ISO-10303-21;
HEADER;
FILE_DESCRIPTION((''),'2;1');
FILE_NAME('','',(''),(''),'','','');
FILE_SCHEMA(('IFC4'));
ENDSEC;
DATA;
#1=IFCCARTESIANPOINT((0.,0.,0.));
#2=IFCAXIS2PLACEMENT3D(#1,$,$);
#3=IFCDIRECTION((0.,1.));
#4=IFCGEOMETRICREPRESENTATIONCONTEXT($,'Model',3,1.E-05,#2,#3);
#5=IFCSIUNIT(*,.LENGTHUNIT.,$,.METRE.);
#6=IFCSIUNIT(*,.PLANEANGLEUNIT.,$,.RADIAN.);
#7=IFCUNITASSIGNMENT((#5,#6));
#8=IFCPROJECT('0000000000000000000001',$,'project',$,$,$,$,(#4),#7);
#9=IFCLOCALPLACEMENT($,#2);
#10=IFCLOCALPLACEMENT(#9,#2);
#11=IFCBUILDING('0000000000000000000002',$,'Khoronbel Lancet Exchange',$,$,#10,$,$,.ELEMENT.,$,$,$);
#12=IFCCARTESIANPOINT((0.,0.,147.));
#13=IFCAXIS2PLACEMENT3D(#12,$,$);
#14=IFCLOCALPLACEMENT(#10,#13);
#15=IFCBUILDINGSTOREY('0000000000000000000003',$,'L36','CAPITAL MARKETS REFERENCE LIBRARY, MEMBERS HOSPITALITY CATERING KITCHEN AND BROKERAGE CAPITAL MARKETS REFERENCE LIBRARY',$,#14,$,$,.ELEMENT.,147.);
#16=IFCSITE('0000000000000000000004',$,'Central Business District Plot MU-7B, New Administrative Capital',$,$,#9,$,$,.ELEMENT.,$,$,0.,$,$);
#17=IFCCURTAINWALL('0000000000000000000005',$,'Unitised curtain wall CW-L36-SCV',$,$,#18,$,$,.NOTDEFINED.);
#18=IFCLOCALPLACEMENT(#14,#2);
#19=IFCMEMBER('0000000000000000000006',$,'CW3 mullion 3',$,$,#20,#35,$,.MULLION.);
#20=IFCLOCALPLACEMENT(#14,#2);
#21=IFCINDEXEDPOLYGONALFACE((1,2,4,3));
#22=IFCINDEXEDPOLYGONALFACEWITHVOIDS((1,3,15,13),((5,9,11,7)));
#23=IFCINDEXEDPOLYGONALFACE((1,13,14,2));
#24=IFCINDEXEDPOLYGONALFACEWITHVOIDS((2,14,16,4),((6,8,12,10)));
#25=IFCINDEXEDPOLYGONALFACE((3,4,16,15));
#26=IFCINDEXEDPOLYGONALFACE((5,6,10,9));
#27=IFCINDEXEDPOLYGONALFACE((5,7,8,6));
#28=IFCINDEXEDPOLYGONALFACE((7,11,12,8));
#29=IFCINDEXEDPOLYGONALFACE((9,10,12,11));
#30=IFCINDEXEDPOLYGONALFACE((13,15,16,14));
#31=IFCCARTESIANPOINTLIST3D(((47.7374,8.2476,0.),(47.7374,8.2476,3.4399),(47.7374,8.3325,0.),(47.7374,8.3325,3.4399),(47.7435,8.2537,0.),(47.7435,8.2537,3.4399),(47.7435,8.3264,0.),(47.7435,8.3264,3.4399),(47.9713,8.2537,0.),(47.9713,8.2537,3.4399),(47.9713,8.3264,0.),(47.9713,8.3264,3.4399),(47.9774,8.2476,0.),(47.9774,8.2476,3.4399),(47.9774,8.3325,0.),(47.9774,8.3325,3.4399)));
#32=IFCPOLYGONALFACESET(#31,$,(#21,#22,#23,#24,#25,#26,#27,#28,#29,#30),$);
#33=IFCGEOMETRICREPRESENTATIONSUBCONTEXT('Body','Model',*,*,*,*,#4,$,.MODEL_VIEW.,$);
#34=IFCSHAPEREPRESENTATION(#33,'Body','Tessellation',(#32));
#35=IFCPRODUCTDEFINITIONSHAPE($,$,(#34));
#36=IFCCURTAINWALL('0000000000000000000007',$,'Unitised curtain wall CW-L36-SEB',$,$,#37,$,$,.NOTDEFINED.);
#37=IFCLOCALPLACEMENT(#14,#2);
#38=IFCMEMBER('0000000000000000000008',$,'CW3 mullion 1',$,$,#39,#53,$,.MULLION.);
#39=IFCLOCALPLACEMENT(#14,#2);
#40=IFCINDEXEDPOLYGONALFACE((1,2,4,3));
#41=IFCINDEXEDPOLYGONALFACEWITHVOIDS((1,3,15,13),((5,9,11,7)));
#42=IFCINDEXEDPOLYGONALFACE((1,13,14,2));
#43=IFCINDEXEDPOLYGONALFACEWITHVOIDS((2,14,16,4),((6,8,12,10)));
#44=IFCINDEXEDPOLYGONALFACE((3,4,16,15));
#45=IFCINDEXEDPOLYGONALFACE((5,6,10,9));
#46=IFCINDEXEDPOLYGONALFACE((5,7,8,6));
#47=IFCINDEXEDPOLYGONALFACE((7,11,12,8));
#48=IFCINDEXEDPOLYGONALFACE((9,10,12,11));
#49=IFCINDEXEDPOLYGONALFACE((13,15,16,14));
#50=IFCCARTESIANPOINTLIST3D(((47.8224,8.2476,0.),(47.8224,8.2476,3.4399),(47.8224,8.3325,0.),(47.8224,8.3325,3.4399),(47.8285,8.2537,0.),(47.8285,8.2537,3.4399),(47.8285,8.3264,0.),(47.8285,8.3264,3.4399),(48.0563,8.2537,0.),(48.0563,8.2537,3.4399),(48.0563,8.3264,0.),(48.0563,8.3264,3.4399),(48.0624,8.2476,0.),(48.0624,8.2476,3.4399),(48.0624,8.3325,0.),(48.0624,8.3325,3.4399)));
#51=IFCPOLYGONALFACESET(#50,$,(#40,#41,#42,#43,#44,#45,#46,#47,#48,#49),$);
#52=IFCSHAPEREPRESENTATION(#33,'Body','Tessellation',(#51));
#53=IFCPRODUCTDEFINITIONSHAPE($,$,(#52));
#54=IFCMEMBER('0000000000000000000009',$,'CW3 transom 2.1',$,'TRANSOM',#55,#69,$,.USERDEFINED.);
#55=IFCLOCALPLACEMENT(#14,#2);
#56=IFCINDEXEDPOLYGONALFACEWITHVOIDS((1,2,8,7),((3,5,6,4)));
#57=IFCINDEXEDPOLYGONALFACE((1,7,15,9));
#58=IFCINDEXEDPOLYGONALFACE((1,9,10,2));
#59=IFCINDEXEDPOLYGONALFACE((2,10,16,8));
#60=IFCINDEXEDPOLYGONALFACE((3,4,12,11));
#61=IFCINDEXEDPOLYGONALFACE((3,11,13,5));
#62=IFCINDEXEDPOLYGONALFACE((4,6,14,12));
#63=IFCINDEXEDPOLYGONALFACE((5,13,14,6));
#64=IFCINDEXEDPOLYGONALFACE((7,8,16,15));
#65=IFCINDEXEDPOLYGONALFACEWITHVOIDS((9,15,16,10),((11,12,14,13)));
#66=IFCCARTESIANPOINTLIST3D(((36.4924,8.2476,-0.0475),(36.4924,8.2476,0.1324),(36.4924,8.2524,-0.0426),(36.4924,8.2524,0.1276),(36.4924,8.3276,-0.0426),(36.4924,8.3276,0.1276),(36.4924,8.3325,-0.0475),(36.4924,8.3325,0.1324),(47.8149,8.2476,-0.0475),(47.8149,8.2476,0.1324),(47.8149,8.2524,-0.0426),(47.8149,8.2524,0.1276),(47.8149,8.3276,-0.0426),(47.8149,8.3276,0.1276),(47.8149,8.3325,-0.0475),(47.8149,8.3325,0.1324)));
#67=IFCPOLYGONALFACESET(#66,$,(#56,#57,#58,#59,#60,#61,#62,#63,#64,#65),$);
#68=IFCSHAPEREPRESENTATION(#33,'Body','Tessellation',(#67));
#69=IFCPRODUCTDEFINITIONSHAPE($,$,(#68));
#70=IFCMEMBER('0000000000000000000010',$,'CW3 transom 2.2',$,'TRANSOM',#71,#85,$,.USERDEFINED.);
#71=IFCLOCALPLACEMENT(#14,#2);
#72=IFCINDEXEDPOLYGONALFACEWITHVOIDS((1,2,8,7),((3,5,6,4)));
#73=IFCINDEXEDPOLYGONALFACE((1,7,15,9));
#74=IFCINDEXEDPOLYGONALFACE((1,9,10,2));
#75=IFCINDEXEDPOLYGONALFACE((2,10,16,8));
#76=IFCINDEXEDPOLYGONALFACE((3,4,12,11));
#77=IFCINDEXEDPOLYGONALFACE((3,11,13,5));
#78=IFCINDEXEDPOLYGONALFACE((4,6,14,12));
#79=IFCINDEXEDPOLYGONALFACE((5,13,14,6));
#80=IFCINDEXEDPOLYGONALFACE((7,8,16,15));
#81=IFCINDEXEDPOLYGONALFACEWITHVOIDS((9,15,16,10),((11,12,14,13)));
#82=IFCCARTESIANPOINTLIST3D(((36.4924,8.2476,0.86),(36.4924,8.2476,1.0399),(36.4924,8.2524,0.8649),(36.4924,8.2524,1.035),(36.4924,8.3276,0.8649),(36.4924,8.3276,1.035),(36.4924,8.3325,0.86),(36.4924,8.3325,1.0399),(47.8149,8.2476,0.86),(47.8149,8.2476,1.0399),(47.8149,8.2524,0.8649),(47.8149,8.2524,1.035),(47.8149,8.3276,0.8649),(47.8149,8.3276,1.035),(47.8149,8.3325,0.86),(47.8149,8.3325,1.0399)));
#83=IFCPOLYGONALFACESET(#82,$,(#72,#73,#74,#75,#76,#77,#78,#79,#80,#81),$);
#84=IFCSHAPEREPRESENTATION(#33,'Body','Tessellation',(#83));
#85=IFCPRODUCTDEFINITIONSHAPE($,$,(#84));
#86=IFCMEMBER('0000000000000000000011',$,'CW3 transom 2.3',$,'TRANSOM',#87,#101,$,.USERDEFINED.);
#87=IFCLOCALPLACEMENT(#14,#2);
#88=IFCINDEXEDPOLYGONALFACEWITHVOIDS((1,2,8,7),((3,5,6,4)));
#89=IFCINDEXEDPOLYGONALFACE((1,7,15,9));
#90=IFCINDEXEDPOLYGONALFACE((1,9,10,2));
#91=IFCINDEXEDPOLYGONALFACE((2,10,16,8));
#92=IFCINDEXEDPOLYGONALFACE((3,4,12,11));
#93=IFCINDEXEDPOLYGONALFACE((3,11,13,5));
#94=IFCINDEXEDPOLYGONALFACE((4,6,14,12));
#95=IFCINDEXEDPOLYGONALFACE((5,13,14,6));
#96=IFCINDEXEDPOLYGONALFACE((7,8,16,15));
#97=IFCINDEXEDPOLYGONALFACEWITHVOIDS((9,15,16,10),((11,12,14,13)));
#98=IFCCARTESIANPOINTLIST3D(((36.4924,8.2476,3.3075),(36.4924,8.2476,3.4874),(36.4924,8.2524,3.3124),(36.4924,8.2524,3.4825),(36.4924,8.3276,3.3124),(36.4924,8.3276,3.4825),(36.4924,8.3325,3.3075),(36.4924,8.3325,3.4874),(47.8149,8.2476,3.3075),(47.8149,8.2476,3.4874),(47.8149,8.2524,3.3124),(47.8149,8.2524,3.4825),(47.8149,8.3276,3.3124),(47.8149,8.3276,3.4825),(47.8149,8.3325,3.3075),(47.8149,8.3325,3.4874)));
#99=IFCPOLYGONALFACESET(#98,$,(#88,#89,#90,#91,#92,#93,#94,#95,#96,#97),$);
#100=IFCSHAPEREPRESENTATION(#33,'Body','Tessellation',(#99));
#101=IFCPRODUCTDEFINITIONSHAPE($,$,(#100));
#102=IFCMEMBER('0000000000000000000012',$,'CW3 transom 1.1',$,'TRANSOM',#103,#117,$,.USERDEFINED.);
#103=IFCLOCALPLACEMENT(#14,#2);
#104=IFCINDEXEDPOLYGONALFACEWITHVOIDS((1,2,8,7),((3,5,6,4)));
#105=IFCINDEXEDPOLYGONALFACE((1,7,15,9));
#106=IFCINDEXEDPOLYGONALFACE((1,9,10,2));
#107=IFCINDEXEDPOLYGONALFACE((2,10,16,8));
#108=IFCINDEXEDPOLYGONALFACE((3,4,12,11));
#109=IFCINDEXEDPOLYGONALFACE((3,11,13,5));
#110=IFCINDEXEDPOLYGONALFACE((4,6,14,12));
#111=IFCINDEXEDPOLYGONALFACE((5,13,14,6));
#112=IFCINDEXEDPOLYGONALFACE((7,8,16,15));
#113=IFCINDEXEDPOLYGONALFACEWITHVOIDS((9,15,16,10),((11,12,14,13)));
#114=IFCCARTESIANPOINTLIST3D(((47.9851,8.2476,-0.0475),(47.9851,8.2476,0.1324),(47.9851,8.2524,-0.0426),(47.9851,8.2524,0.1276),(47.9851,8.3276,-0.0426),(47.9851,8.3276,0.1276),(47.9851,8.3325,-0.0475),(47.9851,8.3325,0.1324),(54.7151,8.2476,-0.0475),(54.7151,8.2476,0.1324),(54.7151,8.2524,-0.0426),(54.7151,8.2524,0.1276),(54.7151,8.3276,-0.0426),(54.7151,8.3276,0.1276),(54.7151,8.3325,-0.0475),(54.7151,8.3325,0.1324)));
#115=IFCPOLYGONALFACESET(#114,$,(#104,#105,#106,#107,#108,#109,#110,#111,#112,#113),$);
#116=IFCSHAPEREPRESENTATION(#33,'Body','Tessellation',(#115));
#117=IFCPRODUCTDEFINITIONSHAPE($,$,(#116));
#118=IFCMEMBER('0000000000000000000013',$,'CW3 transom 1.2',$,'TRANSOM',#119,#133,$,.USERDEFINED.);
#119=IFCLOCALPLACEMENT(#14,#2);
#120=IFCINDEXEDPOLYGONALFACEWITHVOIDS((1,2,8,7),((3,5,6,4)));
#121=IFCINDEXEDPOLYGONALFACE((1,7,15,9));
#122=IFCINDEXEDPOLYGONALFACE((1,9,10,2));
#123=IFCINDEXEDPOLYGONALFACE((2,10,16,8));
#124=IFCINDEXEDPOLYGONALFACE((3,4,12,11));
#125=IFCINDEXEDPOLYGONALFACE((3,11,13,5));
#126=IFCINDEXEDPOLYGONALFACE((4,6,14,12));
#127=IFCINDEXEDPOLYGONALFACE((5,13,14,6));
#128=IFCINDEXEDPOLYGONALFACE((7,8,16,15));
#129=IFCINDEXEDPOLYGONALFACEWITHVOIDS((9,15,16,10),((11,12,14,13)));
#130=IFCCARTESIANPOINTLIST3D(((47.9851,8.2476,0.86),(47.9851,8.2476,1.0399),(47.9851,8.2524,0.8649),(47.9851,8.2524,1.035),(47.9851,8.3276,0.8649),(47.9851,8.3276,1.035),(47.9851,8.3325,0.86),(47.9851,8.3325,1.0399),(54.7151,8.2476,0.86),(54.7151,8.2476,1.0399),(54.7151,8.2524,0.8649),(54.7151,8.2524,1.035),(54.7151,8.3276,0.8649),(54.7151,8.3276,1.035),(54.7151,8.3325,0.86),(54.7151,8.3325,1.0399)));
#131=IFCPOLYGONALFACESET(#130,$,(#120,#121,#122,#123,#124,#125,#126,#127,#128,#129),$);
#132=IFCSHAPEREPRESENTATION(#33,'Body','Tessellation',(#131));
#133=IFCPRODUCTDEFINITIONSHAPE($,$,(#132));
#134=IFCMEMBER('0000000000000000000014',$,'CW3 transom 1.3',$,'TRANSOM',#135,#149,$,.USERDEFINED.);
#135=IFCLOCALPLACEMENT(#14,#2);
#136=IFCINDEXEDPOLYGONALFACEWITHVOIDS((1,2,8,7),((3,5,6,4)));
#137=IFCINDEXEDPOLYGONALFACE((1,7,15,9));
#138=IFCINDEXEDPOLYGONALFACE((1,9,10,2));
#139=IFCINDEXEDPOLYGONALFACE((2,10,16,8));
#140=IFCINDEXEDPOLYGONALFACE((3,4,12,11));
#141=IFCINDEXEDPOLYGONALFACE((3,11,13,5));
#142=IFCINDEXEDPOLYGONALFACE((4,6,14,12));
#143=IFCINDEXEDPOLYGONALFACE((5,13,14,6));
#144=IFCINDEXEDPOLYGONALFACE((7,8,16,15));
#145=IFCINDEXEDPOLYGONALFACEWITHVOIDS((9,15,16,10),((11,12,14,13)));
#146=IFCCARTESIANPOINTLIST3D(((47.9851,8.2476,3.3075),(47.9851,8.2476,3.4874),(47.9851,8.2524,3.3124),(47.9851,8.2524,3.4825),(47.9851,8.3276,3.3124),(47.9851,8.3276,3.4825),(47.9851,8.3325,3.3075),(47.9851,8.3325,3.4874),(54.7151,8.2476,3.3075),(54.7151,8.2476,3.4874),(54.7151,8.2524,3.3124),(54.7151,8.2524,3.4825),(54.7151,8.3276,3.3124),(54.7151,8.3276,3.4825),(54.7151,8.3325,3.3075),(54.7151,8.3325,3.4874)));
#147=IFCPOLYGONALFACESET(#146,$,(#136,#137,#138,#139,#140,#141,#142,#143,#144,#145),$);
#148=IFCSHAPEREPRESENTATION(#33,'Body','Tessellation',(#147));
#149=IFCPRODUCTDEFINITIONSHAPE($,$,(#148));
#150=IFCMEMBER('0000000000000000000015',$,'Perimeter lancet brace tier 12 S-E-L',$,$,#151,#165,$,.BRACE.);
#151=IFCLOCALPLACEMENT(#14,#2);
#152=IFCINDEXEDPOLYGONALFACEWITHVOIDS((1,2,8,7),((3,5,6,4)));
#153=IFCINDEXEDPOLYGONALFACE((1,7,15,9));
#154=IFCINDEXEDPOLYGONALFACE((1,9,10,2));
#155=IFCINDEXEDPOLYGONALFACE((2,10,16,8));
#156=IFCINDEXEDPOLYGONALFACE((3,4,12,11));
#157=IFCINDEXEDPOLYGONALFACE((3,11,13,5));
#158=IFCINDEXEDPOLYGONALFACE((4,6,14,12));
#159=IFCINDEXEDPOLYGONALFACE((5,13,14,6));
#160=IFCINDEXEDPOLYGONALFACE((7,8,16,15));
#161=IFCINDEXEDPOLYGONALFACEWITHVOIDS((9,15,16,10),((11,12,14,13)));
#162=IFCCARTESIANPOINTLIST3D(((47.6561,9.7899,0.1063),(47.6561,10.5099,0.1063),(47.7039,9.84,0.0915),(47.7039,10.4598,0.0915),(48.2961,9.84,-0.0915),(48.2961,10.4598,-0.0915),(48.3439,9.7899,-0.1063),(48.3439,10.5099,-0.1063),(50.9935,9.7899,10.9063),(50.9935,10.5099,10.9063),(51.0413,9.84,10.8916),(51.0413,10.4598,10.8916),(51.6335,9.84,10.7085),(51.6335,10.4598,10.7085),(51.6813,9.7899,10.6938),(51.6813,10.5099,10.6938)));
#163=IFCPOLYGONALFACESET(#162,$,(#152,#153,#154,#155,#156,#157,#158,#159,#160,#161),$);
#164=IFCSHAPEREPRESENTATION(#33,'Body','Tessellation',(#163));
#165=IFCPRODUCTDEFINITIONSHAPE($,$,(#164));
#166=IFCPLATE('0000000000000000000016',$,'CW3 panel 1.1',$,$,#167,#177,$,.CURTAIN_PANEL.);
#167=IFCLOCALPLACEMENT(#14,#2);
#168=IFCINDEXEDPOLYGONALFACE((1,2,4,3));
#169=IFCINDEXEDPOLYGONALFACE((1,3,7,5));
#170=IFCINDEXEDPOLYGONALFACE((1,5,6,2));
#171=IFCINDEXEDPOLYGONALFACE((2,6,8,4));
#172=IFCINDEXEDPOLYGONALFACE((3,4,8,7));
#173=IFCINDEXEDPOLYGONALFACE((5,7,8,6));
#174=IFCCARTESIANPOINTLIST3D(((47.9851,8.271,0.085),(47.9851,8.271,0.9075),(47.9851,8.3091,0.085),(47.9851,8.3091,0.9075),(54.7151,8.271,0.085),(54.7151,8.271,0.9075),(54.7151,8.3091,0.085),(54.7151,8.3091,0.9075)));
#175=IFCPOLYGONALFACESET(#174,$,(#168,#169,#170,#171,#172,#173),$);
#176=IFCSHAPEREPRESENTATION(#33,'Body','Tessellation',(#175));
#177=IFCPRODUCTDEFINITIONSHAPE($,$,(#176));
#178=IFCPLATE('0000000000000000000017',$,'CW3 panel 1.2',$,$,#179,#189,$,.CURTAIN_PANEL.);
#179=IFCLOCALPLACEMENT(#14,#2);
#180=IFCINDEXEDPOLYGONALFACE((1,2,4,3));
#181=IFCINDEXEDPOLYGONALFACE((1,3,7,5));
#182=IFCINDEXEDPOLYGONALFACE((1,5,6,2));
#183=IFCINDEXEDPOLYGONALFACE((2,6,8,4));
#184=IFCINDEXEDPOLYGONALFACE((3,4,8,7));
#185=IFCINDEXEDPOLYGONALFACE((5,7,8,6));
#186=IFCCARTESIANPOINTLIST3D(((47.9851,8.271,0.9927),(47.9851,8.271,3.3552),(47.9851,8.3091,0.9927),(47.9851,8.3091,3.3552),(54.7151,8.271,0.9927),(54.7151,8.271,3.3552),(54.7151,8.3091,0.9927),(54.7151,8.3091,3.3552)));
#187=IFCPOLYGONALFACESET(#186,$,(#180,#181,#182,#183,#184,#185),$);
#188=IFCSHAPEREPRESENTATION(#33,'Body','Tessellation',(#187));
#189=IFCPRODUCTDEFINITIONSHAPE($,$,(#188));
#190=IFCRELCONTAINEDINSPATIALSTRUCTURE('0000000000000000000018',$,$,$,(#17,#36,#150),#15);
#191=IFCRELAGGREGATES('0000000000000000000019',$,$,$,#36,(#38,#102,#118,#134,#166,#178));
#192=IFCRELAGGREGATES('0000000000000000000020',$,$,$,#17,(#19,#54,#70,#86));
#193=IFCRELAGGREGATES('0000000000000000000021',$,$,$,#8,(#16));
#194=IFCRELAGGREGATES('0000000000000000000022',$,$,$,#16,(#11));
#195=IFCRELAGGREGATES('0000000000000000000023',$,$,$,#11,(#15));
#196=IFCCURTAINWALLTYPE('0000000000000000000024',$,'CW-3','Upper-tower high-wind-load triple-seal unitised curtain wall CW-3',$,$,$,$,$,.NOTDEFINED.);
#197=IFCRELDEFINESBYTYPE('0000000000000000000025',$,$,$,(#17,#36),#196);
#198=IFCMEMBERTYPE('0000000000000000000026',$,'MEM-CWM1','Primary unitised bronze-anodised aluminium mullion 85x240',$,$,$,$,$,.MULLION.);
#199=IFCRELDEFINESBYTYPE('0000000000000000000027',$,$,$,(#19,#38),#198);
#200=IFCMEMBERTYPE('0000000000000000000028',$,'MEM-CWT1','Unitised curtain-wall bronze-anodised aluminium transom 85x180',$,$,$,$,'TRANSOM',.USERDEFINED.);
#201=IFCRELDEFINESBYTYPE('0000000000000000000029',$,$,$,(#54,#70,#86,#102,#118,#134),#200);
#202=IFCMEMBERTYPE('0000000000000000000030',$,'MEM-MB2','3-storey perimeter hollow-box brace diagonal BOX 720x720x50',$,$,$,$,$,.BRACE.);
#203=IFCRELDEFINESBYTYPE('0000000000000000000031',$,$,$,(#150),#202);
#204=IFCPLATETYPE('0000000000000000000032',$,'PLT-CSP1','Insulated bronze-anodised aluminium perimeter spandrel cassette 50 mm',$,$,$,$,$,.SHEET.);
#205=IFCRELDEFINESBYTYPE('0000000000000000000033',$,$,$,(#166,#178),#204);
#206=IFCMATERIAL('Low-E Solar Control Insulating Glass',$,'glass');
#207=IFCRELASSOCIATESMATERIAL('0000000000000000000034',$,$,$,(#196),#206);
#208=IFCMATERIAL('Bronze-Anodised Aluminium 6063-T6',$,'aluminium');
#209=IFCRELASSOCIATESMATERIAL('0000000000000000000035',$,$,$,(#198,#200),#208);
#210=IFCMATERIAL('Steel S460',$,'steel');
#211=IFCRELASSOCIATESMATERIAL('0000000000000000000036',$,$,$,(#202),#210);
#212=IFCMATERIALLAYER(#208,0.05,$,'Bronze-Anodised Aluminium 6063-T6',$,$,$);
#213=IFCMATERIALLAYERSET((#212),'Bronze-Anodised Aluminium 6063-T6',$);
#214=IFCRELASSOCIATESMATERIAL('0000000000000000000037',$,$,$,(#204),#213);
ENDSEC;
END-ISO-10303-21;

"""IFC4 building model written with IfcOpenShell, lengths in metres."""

from ifc_helpers import new_model, si_unit, direction, frame, origin, origin_2d, place, context, subcontext, project, spatial, rectangle, hollow_rectangle, extrude, material, layer, layer_set, material_profile, profile_set, type_object, element, aggregate, save


model = new_model("IFC4")

# Units and contexts
model_context = context("Model", 3, precision=1e-05, world=origin(), true_north=direction((0.0, 1.0)))
body_context = subcontext(model_context, "Body", "Model", "MODEL_VIEW")
ifc_project = project(units=[si_unit("LENGTHUNIT", "METRE"), si_unit("PLANEANGLEUNIT", "RADIAN")], contexts=[model_context])

# Site, building, storey
site_placement = place(None, origin())
site = spatial("IfcSite", under=ifc_project, at=site_placement, Name="Central Business District Plot MU-7B, New Administrative Capital", CompositionType="ELEMENT", RefElevation=0.0)
building_placement = place(site_placement, origin())
building = spatial("IfcBuilding", under=site, at=building_placement, Name="Khoronbel Lancet Exchange", CompositionType="ELEMENT")
storey_placement = place(building_placement, frame((0.0, 0.0, 147.0)))
storey = spatial("IfcBuildingStorey", under=building, at=storey_placement, Name="L36", Description="CAPITAL MARKETS REFERENCE LIBRARY, MEMBERS HOSPITALITY CATERING KITCHEN AND BROKERAGE CAPITAL MARKETS REFERENCE LIBRARY", CompositionType="ELEMENT", Elevation=147.0)

# Shared definitions
ifc_material_1 = material(Name="Steel S460", Category="steel")

# Curtain wall, member
ifc_material_2 = material(Name="Low-E Solar Control Insulating Glass", Category="glass")
curtain_wall_type = type_object("IfcCurtainWallType", Name="CW-3", Description="Upper-tower high-wind-load triple-seal unitised curtain wall CW-3", PredefinedType="NOTDEFINED", material=ifc_material_2)
curtain_wall_1_placement = place(storey_placement, origin())
curtain_wall_1 = element("IfcCurtainWall", 1, at=curtain_wall_1_placement, inside=storey, type_object=curtain_wall_type, Name="Unitised curtain wall CW-L36-SCV", PredefinedType="NOTDEFINED")
ifc_material_3 = material(Name="Bronze-Anodised Aluminium 6063-T6", Category="aluminium")
ifc_material_profile_1 = material_profile(ifc_material_3, hollow_rectangle(XDim=0.085, YDim=0.24, WallThickness=0.0061, at=origin_2d()), Name="ALU MULLION 85x240")
ifc_profile_set_1 = profile_set([ifc_material_profile_1], Name="Bronze-Anodised Aluminium 6063-T6")
member_type_1 = type_object("IfcMemberType", Name="MEM-CWM1", Description="Primary unitised bronze-anodised aluminium mullion 85x240", PredefinedType="MULLION", material=ifc_profile_set_1)
member_1_placement = place(storey_placement, frame((47.8574, 8.29, 0.0), z_axis=(0.0, 0.0, 1.0), x_axis=(0.0, 1.0, 0.0)))
member_1 = element("IfcMember", 2, at=member_1_placement, type_object=member_type_1, Name="CW3 mullion 3", PredefinedType="MULLION", context=body_context, shape_type="SweptSolid", body=[
    extrude(hollow_rectangle(XDim=0.085, YDim=0.24, WallThickness=0.0061, at=origin_2d()), origin(), (0.0, 0.0, 1.0), 3.4399),
])

# Curtain wall, member
curtain_wall_2_placement = place(storey_placement, origin())
curtain_wall_2 = element("IfcCurtainWall", 3, at=curtain_wall_2_placement, inside=storey, type_object=curtain_wall_type, Name="Unitised curtain wall CW-L36-SEB", PredefinedType="NOTDEFINED")
member_2_placement = place(storey_placement, frame((47.9424, 8.29, 0.0), z_axis=(0.0, 0.0, 1.0), x_axis=(0.0, 1.0, 0.0)))
member_2 = element("IfcMember", 4, at=member_2_placement, type_object=member_type_1, Name="CW3 mullion 1", PredefinedType="MULLION", context=body_context, shape_type="SweptSolid", body=[
    extrude(hollow_rectangle(XDim=0.085, YDim=0.24, WallThickness=0.0061, at=origin_2d()), origin(), (0.0, 0.0, 1.0), 3.4399),
])

# Members
ifc_material_profile_2 = material_profile(ifc_material_3, hollow_rectangle(XDim=0.085, YDim=0.1799, WallThickness=0.0049, at=origin_2d()), Name="ALU TRANSOM 85x180")
ifc_profile_set_2 = profile_set([ifc_material_profile_2], Name="Bronze-Anodised Aluminium 6063-T6")
member_type_2 = type_object("IfcMemberType", Name="MEM-CWT1", Description="Unitised curtain-wall bronze-anodised aluminium transom 85x180", ElementType="TRANSOM", PredefinedType="USERDEFINED", material=ifc_profile_set_2)
member_3_placement = place(storey_placement, frame((36.4924, 8.29, 0.0425), z_axis=(1.0, 0.0, 0.0), x_axis=(0.0, 1.0, 0.0)))
member_3 = element("IfcMember", 5, at=member_3_placement, type_object=member_type_2, Name="CW3 transom 2.1", ObjectType="TRANSOM", PredefinedType="USERDEFINED", context=body_context, shape_type="SweptSolid", body=[
    extrude(hollow_rectangle(XDim=0.085, YDim=0.1799, WallThickness=0.0049, at=origin_2d()), origin(), (0.0, 0.0, 1.0), 11.3225),
])
member_4_placement = place(storey_placement, frame((36.4924, 8.29, 0.95), z_axis=(1.0, 0.0, 0.0), x_axis=(0.0, 1.0, 0.0)))
member_4 = element("IfcMember", 6, at=member_4_placement, type_object=member_type_2, Name="CW3 transom 2.2", ObjectType="TRANSOM", PredefinedType="USERDEFINED", context=body_context, shape_type="SweptSolid", body=[
    extrude(hollow_rectangle(XDim=0.085, YDim=0.1799, WallThickness=0.0049, at=origin_2d()), origin(), (0.0, 0.0, 1.0), 11.3225),
])
member_5_placement = place(storey_placement, frame((36.4924, 8.29, 3.3975), z_axis=(1.0, 0.0, 0.0), x_axis=(0.0, 1.0, 0.0)))
member_5 = element("IfcMember", 7, at=member_5_placement, type_object=member_type_2, Name="CW3 transom 2.3", ObjectType="TRANSOM", PredefinedType="USERDEFINED", context=body_context, shape_type="SweptSolid", body=[
    extrude(hollow_rectangle(XDim=0.085, YDim=0.1799, WallThickness=0.0049, at=origin_2d()), origin(), (0.0, 0.0, 1.0), 11.3225),
])
member_6_placement = place(storey_placement, frame((47.9851, 8.29, 0.0425), z_axis=(1.0, 0.0, 0.0), x_axis=(0.0, 1.0, 0.0)))
member_6 = element("IfcMember", 8, at=member_6_placement, type_object=member_type_2, Name="CW3 transom 1.1", ObjectType="TRANSOM", PredefinedType="USERDEFINED", context=body_context, shape_type="SweptSolid", body=[
    extrude(hollow_rectangle(XDim=0.085, YDim=0.1799, WallThickness=0.0049, at=origin_2d()), origin(), (0.0, 0.0, 1.0), 6.73),
])
member_7_placement = place(storey_placement, frame((47.9851, 8.29, 0.95), z_axis=(1.0, 0.0, 0.0), x_axis=(0.0, 1.0, 0.0)))
member_7 = element("IfcMember", 9, at=member_7_placement, type_object=member_type_2, Name="CW3 transom 1.2", ObjectType="TRANSOM", PredefinedType="USERDEFINED", context=body_context, shape_type="SweptSolid", body=[
    extrude(hollow_rectangle(XDim=0.085, YDim=0.1799, WallThickness=0.0049, at=origin_2d()), origin(), (0.0, 0.0, 1.0), 6.73),
])
member_8_placement = place(storey_placement, frame((47.9851, 8.29, 3.3975), z_axis=(1.0, 0.0, 0.0), x_axis=(0.0, 1.0, 0.0)))
member_8 = element("IfcMember", 10, at=member_8_placement, type_object=member_type_2, Name="CW3 transom 1.3", ObjectType="TRANSOM", PredefinedType="USERDEFINED", context=body_context, shape_type="SweptSolid", body=[
    extrude(hollow_rectangle(XDim=0.085, YDim=0.1799, WallThickness=0.0049, at=origin_2d()), origin(), (0.0, 0.0, 1.0), 6.73),
])
ifc_material_profile_3 = material_profile(ifc_material_1, hollow_rectangle(XDim=0.72, YDim=0.72, WallThickness=0.05, at=origin_2d()), Name="BOX 720x720x50")
ifc_profile_set_3 = profile_set([ifc_material_profile_3], Name="Steel S460")
member_type_3 = type_object("IfcMemberType", Name="MEM-MB2", Description="3-storey perimeter hollow-box brace diagonal BOX 720x720x50", PredefinedType="BRACE", material=ifc_profile_set_3)
member_9_placement = place(storey_placement, frame((48.0, 10.1499, 0.0), z_axis=(0.295242, 0.0, 0.955422), x_axis=(0.0, 1.0, 0.0)))
element("IfcMember", 11, at=member_9_placement, inside=storey, type_object=member_type_3, Name="Perimeter lancet brace tier 12 S-E-L", PredefinedType="BRACE", context=body_context, shape_type="SweptSolid", body=[
    extrude(hollow_rectangle(XDim=0.72, YDim=0.72, WallThickness=0.05, at=origin_2d()), origin(), (0.0, 0.0, 1.0), 11.304),
])

# Plates
ifc_layer_1 = layer(ifc_material_3, 0.05, Name="Bronze-Anodised Aluminium 6063-T6")
ifc_layer_set_1 = layer_set([ifc_layer_1], Name="Bronze-Anodised Aluminium 6063-T6")
plate_type_1 = type_object("IfcPlateType", Name="PLT-CSP1", Description="Insulated bronze-anodised aluminium perimeter spandrel cassette 50 mm", PredefinedType="SHEET", material=ifc_layer_set_1)
plate_1_placement = place(storey_placement, frame((51.3501, 8.29, 0.085), z_axis=(0.0, 0.0, 1.0), x_axis=(1.0, 0.0, 0.0)))
plate_1 = element("IfcPlate", 12, at=plate_1_placement, type_object=plate_type_1, Name="CW3 panel 1.1", PredefinedType="CURTAIN_PANEL", context=body_context, shape_type="SweptSolid", body=[
    extrude(rectangle(XDim=6.73, YDim=0.0381, at=origin_2d()), origin(), (0.0, 0.0, 1.0), 0.8225),
])
plate_2_placement = place(storey_placement, frame((51.3501, 8.29, 0.9927), z_axis=(0.0, 0.0, 1.0), x_axis=(1.0, 0.0, 0.0)))
plate_2 = element("IfcPlate", 13, at=plate_2_placement, type_object=plate_type_1, Name="CW3 panel 1.2", PredefinedType="CURTAIN_PANEL", context=body_context, shape_type="SweptSolid", body=[
    extrude(rectangle(XDim=6.73, YDim=0.0381, at=origin_2d()), origin(), (0.0, 0.0, 1.0), 2.3625),
])
aggregate(curtain_wall_2, [member_2, member_6, member_7, member_8, plate_1, plate_2])
aggregate(curtain_wall_1, [member_1, member_3, member_4, member_5])

save(model, "model.ifc")
